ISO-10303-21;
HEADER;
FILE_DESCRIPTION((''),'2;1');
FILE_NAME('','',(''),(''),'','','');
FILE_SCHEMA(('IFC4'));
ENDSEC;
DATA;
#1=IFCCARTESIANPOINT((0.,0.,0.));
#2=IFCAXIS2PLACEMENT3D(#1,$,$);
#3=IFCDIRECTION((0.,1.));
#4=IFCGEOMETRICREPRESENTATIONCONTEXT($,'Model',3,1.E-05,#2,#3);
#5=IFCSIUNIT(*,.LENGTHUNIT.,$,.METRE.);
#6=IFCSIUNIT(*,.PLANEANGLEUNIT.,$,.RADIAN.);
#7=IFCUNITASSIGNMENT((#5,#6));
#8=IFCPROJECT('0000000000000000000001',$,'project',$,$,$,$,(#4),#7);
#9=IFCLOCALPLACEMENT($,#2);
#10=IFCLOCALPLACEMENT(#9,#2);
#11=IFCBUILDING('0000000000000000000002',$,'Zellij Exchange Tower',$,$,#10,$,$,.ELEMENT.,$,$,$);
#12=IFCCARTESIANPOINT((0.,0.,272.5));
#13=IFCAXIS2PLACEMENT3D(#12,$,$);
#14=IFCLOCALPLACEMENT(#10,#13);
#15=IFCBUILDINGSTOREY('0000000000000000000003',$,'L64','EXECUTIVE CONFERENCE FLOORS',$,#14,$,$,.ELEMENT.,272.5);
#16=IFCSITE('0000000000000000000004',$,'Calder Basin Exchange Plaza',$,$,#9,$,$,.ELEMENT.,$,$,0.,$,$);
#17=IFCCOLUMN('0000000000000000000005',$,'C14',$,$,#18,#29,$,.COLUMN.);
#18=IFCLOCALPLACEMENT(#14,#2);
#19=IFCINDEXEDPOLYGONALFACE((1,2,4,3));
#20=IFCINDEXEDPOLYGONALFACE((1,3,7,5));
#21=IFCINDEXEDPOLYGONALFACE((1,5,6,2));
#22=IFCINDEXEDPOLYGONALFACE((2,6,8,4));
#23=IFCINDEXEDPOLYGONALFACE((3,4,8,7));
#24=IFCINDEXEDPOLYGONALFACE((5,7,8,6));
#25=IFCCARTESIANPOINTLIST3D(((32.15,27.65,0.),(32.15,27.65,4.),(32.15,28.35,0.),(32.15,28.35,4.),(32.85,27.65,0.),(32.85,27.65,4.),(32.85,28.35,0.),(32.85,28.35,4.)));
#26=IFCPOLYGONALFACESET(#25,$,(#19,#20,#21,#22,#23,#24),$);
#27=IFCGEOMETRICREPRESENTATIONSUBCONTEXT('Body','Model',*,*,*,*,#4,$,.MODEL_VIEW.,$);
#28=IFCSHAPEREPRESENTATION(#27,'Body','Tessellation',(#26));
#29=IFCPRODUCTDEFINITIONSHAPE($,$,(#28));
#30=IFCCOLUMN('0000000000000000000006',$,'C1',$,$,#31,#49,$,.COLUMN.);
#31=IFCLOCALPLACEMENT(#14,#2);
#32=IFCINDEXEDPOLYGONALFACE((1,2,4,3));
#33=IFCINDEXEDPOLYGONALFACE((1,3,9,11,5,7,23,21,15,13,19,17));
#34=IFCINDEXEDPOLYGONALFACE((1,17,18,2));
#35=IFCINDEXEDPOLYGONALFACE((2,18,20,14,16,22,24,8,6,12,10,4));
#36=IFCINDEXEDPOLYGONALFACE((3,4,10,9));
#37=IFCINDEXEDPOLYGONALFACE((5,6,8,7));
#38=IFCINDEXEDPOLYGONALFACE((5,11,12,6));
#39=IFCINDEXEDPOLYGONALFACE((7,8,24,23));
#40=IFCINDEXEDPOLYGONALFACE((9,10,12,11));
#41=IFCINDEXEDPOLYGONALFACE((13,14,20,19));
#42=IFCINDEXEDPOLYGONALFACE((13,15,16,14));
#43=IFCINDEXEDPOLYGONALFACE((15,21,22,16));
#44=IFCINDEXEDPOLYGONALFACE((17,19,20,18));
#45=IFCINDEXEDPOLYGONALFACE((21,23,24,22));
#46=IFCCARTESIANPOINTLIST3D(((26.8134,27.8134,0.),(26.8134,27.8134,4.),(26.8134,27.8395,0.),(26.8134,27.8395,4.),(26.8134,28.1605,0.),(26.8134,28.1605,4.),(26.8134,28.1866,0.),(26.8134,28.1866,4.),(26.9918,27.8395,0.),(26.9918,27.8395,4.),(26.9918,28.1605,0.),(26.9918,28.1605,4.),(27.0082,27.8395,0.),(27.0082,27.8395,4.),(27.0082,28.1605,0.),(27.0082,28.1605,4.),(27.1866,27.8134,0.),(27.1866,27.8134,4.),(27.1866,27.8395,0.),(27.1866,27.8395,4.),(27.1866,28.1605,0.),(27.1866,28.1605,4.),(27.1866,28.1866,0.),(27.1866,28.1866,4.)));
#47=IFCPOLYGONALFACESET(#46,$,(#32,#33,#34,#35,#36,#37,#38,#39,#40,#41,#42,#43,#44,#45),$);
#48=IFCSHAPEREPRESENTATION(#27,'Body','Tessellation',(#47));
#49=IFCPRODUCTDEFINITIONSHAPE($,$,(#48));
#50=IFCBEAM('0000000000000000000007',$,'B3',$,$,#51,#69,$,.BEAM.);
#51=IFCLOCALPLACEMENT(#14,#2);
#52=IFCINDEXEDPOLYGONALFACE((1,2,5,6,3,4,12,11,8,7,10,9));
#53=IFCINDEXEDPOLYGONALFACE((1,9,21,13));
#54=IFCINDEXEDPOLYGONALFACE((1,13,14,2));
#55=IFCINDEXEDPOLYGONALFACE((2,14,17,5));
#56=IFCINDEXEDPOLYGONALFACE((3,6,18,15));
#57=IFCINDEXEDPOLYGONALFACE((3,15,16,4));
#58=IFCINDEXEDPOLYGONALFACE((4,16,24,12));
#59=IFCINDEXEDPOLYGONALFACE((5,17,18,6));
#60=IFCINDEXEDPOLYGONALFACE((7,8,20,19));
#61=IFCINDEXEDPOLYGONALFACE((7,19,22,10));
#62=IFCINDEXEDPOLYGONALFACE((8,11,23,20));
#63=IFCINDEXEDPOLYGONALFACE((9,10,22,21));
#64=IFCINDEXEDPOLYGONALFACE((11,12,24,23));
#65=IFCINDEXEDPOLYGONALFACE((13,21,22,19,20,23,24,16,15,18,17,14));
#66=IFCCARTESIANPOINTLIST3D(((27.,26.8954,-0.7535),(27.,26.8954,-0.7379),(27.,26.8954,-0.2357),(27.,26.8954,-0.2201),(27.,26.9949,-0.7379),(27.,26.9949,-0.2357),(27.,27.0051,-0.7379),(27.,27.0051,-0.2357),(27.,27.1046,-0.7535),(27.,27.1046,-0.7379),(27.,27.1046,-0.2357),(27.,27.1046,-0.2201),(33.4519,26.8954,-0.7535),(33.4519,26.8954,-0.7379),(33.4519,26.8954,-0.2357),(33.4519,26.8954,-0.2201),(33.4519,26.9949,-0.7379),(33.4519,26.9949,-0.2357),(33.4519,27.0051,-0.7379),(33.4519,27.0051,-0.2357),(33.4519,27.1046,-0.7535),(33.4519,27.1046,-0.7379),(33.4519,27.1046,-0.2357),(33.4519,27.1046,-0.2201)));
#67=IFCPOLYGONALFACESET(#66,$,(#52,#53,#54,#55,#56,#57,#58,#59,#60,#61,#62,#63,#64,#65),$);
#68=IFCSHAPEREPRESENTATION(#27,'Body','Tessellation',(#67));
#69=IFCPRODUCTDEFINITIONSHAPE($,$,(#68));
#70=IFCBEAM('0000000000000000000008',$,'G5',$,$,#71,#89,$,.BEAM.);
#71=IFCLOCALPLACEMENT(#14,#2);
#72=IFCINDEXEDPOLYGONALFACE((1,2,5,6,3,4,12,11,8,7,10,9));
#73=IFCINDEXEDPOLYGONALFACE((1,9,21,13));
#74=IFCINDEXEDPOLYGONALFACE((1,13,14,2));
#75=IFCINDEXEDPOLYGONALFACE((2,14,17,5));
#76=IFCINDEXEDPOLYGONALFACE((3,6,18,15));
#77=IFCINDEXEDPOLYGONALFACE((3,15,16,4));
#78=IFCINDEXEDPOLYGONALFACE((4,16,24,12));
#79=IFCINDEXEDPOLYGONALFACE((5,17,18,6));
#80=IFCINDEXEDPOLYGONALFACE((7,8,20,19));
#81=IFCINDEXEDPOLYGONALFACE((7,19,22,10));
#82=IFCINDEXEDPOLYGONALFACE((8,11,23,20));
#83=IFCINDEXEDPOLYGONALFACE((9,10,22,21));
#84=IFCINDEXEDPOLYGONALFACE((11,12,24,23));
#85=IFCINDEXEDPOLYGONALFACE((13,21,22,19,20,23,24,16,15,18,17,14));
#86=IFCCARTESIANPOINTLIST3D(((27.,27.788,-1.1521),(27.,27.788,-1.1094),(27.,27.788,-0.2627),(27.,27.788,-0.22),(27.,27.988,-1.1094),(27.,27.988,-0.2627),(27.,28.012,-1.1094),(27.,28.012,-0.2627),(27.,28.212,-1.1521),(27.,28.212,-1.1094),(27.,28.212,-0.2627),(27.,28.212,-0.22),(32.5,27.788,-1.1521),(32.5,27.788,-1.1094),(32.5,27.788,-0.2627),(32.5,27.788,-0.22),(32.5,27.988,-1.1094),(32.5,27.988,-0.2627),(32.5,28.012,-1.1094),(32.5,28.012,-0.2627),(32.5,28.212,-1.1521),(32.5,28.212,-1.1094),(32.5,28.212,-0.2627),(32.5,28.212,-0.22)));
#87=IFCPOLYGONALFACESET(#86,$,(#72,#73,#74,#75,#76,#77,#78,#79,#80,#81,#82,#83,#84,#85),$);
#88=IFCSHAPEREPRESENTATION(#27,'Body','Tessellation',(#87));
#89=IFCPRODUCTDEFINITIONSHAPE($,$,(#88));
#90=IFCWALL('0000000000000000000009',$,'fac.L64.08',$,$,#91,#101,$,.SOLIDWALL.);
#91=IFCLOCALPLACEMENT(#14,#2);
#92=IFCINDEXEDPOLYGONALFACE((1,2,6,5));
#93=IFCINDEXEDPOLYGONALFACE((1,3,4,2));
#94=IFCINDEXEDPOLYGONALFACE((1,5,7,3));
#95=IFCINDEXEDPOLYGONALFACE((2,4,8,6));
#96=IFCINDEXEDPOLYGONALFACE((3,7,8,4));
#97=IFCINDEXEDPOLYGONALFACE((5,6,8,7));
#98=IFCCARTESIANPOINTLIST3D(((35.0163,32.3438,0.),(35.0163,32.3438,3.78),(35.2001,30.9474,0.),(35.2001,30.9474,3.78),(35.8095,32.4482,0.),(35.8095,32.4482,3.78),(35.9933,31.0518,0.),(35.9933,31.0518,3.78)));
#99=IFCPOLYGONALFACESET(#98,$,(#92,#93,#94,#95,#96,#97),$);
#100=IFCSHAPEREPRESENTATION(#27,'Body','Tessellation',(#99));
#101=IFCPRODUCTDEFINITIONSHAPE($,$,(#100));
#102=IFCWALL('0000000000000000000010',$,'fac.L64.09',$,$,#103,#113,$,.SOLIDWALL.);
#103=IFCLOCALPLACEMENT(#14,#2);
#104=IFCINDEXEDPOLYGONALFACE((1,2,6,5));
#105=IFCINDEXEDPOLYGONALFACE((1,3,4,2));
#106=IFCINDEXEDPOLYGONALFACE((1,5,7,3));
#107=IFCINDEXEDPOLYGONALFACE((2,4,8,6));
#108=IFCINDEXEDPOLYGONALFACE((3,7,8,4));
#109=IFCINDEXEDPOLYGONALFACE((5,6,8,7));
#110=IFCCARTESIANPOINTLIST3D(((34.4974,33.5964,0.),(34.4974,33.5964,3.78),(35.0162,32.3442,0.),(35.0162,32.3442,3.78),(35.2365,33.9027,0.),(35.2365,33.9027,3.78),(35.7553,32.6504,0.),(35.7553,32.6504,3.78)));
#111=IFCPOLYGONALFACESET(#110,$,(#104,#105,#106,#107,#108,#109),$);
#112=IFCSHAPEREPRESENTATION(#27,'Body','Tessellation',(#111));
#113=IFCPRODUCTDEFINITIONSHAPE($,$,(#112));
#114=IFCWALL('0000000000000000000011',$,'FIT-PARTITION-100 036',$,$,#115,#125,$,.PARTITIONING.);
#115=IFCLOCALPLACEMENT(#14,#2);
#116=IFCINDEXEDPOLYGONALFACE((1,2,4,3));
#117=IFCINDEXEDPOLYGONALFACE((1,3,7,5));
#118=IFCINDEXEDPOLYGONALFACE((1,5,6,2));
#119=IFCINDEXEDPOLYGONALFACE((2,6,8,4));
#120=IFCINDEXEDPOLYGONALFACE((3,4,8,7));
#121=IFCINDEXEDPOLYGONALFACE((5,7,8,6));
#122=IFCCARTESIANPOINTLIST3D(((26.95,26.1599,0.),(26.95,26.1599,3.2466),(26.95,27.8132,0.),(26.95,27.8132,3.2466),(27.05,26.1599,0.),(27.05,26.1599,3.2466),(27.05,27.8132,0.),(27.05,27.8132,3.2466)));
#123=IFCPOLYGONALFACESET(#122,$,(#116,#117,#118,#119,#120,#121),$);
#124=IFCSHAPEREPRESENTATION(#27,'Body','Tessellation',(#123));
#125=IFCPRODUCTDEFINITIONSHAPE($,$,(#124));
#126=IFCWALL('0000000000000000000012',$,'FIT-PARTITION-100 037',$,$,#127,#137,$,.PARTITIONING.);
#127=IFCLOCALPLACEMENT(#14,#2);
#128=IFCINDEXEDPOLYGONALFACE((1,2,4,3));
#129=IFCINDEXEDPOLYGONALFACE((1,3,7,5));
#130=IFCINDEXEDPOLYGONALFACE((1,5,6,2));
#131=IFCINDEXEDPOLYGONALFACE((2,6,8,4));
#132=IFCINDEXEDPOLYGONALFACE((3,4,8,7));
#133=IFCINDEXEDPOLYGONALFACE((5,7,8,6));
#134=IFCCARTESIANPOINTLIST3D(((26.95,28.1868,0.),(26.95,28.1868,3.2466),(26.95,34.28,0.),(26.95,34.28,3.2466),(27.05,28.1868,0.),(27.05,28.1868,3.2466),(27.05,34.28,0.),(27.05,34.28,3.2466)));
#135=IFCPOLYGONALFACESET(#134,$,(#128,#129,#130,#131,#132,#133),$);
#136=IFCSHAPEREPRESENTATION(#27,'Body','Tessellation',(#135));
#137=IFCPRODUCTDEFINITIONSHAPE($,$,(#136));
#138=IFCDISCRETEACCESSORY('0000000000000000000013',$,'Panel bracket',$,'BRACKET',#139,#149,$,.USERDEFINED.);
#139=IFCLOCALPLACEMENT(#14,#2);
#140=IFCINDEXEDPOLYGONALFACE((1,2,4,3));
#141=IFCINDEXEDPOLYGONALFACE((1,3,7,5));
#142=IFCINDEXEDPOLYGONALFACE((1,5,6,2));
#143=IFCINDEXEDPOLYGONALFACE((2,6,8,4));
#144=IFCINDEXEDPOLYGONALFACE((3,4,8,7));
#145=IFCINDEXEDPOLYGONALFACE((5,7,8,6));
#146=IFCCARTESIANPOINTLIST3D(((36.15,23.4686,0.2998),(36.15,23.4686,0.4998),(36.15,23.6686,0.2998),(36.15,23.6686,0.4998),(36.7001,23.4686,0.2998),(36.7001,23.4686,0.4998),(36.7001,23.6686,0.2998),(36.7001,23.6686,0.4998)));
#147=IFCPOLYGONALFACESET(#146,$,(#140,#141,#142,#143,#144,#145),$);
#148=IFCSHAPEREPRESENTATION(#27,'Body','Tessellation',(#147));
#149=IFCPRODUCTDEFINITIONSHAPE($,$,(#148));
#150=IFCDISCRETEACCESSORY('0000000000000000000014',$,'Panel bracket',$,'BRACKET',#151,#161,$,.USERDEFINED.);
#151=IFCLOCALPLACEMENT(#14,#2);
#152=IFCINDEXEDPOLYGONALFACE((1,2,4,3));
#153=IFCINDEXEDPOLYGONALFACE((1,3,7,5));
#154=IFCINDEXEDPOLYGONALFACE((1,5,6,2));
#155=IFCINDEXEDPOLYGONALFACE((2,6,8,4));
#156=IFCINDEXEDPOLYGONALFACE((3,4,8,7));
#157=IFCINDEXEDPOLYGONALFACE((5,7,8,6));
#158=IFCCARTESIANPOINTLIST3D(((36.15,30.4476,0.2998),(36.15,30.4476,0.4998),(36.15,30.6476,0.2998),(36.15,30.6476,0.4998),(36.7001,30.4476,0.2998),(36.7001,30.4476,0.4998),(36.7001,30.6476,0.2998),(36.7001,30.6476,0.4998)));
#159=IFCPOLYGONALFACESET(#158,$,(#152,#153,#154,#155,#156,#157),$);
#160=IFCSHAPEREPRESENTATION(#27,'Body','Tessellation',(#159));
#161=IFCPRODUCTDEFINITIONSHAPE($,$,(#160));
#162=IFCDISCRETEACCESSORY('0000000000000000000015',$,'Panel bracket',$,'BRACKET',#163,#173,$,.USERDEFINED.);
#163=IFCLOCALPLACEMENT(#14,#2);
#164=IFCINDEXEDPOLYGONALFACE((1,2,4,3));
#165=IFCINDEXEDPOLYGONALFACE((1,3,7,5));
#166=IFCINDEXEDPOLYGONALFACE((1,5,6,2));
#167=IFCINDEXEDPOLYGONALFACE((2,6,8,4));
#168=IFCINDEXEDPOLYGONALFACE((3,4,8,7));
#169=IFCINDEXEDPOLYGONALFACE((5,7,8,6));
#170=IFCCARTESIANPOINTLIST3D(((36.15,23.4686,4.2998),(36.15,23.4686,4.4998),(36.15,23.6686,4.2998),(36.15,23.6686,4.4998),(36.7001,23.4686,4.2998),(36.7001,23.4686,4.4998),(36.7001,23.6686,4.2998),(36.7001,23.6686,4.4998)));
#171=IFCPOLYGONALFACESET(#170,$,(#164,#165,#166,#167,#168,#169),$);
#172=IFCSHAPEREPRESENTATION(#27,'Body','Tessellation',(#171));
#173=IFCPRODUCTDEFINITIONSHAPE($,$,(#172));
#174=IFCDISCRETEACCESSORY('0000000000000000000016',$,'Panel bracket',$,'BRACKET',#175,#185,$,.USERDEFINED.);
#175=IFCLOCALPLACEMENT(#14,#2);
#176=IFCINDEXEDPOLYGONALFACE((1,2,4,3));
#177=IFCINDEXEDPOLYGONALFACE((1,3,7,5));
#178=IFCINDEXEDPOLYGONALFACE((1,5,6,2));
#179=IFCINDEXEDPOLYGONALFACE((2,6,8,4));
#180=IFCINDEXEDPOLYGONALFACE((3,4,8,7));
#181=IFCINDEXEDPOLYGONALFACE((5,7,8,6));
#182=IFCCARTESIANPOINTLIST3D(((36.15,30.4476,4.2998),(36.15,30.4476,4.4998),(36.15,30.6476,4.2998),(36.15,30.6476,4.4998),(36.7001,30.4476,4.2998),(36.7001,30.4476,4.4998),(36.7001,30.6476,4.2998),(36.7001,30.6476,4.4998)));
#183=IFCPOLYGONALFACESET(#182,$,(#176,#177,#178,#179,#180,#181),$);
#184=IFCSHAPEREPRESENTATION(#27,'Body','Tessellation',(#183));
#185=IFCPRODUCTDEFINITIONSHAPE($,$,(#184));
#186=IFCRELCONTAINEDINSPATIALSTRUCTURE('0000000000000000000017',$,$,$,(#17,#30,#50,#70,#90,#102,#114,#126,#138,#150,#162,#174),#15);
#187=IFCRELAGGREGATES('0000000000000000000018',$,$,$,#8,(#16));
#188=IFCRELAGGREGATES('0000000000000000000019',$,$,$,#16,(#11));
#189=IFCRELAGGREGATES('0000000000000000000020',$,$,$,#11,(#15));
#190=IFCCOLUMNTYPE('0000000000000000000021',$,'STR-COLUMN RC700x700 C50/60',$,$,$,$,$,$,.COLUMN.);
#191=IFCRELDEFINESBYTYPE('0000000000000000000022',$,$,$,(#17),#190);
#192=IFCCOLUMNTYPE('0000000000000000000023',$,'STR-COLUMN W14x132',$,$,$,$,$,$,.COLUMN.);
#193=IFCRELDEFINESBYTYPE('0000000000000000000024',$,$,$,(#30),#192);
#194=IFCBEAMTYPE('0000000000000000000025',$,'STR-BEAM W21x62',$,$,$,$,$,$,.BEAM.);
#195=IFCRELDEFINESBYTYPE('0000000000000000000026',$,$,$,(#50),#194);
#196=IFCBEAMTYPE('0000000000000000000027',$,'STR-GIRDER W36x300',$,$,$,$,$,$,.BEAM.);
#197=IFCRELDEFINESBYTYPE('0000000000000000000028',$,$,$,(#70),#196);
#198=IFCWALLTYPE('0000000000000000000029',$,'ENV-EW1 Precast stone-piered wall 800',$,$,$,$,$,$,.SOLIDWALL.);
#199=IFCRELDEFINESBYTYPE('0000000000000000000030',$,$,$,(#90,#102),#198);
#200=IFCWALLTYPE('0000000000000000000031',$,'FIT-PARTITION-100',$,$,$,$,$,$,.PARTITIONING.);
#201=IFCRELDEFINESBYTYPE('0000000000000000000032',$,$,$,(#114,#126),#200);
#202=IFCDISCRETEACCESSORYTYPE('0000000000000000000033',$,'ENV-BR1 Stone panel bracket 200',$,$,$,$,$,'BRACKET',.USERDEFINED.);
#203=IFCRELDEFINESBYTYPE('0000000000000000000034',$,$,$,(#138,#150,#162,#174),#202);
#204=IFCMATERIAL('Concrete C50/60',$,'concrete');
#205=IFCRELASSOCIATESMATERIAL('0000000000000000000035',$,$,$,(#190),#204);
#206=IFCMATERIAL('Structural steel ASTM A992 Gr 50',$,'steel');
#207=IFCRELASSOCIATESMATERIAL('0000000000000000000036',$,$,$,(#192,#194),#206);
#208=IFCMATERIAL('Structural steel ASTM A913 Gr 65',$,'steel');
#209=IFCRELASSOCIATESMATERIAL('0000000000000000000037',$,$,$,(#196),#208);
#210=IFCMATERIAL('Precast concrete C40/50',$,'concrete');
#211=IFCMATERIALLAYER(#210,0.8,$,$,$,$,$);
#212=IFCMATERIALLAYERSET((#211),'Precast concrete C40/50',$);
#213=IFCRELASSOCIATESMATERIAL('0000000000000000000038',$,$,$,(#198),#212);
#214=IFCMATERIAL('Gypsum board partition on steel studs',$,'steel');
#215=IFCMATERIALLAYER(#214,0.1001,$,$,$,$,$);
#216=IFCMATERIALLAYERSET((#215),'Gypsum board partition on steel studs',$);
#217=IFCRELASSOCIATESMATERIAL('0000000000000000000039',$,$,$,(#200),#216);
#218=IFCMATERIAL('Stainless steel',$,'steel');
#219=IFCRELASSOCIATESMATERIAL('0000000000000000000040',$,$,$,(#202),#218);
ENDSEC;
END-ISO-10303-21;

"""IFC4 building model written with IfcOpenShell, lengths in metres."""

from ifc_helpers import new_model, si_unit, direction, frame, frame_2d, origin, origin_2d, place, context, subcontext, project, spatial, rectangle, i_section, extrude, material, layer, layer_set, material_profile, profile_set, type_object, element, save


model = new_model("IFC4")

# Units and contexts
model_context = context("Model", 3, precision=1e-05, world=origin(), true_north=direction((0.0, 1.0)))
body_context = subcontext(model_context, "Body", "Model", "MODEL_VIEW")
ifc_project = project(units=[si_unit("LENGTHUNIT", "METRE"), si_unit("PLANEANGLEUNIT", "RADIAN")], contexts=[model_context])

# Site, building, storey
site_placement = place(None, origin())
site = spatial("IfcSite", under=ifc_project, at=site_placement, Name="Calder Basin Exchange Plaza", CompositionType="ELEMENT", RefElevation=0.0)
building_placement = place(site_placement, origin())
building = spatial("IfcBuilding", under=site, at=building_placement, Name="Zellij Exchange Tower", CompositionType="ELEMENT")
storey_placement = place(building_placement, frame((0.0, 0.0, 272.5)))
storey = spatial("IfcBuildingStorey", under=building, at=storey_placement, Name="L64", Description="EXECUTIVE CONFERENCE FLOORS", CompositionType="ELEMENT", Elevation=272.5)

# Columns
ifc_material_1 = material(Name="Concrete C50/60", Category="concrete")
ifc_material_profile_1 = material_profile(ifc_material_1, rectangle(XDim=0.7, YDim=0.7, at=origin_2d()), Name="STR-COLUMN RC700x700 C50/60")
ifc_profile_set_1 = profile_set([ifc_material_profile_1], Name="Concrete C50/60")
column_type_1 = type_object("IfcColumnType", Name="STR-COLUMN RC700x700 C50/60", PredefinedType="COLUMN", material=ifc_profile_set_1)
column_1_placement = place(storey_placement, frame((32.5, 28.0, 0.0), z_axis=(0.0, 0.0, 1.0), x_axis=(1.0, 0.0, 0.0)))
element("IfcColumn", 1, at=column_1_placement, inside=storey, type_object=column_type_1, Name="C14", PredefinedType="COLUMN", context=body_context, shape_type="SweptSolid", body=[
    extrude(rectangle(XDim=0.7, YDim=0.7, at=origin_2d()), origin(), (0.0, 0.0, 1.0), 4.0),
])
ifc_material_2 = material(Name="Structural steel ASTM A992 Gr 50", Category="steel")
ifc_material_profile_2 = material_profile(ifc_material_2, i_section(OverallWidth=0.3733, OverallDepth=0.3733, WebThickness=0.0164, FlangeThickness=0.0261, at=origin_2d()), Name="W14x132")
ifc_profile_set_2 = profile_set([ifc_material_profile_2], Name="Structural steel ASTM A992 Gr 50")
column_type_2 = type_object("IfcColumnType", Name="STR-COLUMN W14x132", PredefinedType="COLUMN", material=ifc_profile_set_2)
column_2_placement = place(storey_placement, frame((27.0, 28.0, 0.0), z_axis=(0.0, 0.0, 1.0), x_axis=(1.0, 0.0, 0.0)))
element("IfcColumn", 2, at=column_2_placement, inside=storey, type_object=column_type_2, Name="C1", PredefinedType="COLUMN", context=body_context, shape_type="SweptSolid", body=[
    extrude(i_section(OverallWidth=0.3733, OverallDepth=0.3733, WebThickness=0.0164, FlangeThickness=0.0261, at=origin_2d()), origin(), (0.0, 0.0, 1.0), 4.0),
])

# Beams
ifc_material_profile_3 = material_profile(ifc_material_2, i_section(OverallWidth=0.2092, OverallDepth=0.5334, WebThickness=0.0103, FlangeThickness=0.0156, at=origin_2d()), Name="W21x62")
ifc_profile_set_3 = profile_set([ifc_material_profile_3], Name="Structural steel ASTM A992 Gr 50")
beam_type_1 = type_object("IfcBeamType", Name="STR-BEAM W21x62", PredefinedType="BEAM", material=ifc_profile_set_3)
beam_1_placement = place(storey_placement, frame((27.0, 27.0, -0.4868), z_axis=(1.0, 0.0, 0.0), x_axis=(0.0, 1.0, 0.0)))
element("IfcBeam", 3, at=beam_1_placement, inside=storey, type_object=beam_type_1, Name="B3", PredefinedType="BEAM", context=body_context, shape_type="SweptSolid", body=[
    extrude(i_section(OverallWidth=0.2092, OverallDepth=0.5334, WebThickness=0.0103, FlangeThickness=0.0156, at=origin_2d()), origin(), (0.0, 0.0, 1.0), 6.4519),
])
ifc_material_3 = material(Name="Structural steel ASTM A913 Gr 65", Category="steel")
ifc_material_profile_4 = material_profile(ifc_material_3, i_section(OverallWidth=0.4241, OverallDepth=0.9321, WebThickness=0.0239, FlangeThickness=0.0427, at=origin_2d()), Name="W36x300")
ifc_profile_set_4 = profile_set([ifc_material_profile_4], Name="Structural steel ASTM A913 Gr 65")
beam_type_2 = type_object("IfcBeamType", Name="STR-GIRDER W36x300", PredefinedType="BEAM", material=ifc_profile_set_4)
beam_2_placement = place(storey_placement, frame((27.0, 28.0, -0.686), z_axis=(1.0, 0.0, 0.0), x_axis=(0.0, 1.0, 0.0)))
element("IfcBeam", 4, at=beam_2_placement, inside=storey, type_object=beam_type_2, Name="G5", PredefinedType="BEAM", context=body_context, shape_type="SweptSolid", body=[
    extrude(i_section(OverallWidth=0.4241, OverallDepth=0.9321, WebThickness=0.0239, FlangeThickness=0.0427, at=origin_2d()), origin(), (0.0, 0.0, 1.0), 5.5),
])

# Walls
ifc_material_4 = material(Name="Precast concrete C40/50", Category="concrete")
ifc_layer_1 = layer(ifc_material_4, 0.8)
ifc_layer_set_1 = layer_set([ifc_layer_1], Name="Precast concrete C40/50")
wall_type_1 = type_object("IfcWallType", Name="ENV-EW1 Precast stone-piered wall 800", PredefinedType="SOLIDWALL", material=ifc_layer_set_1)
wall_1_placement = place(storey_placement, frame((35.5967, 30.9998, 0.0), z_axis=(0.0, 0.0, 1.0), x_axis=(-0.130517, 0.991446, 0.0)))
element("IfcWall", 5, at=wall_1_placement, inside=storey, type_object=wall_type_1, Name="fac.L64.08", PredefinedType="SOLIDWALL", context=body_context, shape_type="SweptSolid", body=[
    extrude(rectangle(XDim=1.4084, YDim=0.8, at=frame_2d((0.7041, 0.0))), origin(), (0.0, 0.0, 1.0), 3.78),
])
wall_2_placement = place(storey_placement, frame((35.3857, 32.4973, 0.0), z_axis=(0.0, 0.0, 1.0), x_axis=(-0.38276, 0.923848, 0.0)))
element("IfcWall", 6, at=wall_2_placement, inside=storey, type_object=wall_type_1, Name="fac.L64.09", PredefinedType="SOLIDWALL", context=body_context, shape_type="SweptSolid", body=[
    extrude(rectangle(XDim=1.3555, YDim=0.8, at=frame_2d((0.6777, 0.0))), origin(), (0.0, 0.0, 1.0), 3.78),
])
ifc_material_5 = material(Name="Gypsum board partition on steel studs", Category="steel")
ifc_layer_2 = layer(ifc_material_5, 0.1001)
ifc_layer_set_2 = layer_set([ifc_layer_2], Name="Gypsum board partition on steel studs")
wall_type_2 = type_object("IfcWallType", Name="FIT-PARTITION-100", PredefinedType="PARTITIONING", material=ifc_layer_set_2)
wall_3_placement = place(storey_placement, frame((27.0, 26.1599, 0.0), z_axis=(0.0, 0.0, 1.0), x_axis=(0.0, 1.0, 0.0)))
element("IfcWall", 7, at=wall_3_placement, inside=storey, type_object=wall_type_2, Name="FIT-PARTITION-100 036", PredefinedType="PARTITIONING", context=body_context, shape_type="SweptSolid", body=[
    extrude(rectangle(XDim=1.6533, YDim=0.1001, at=frame_2d((0.8267, 0.0))), origin(), (0.0, 0.0, 1.0), 3.2466),
])
wall_4_placement = place(storey_placement, frame((27.0, 28.1868, 0.0), z_axis=(0.0, 0.0, 1.0), x_axis=(0.0, 1.0, 0.0)))
element("IfcWall", 8, at=wall_4_placement, inside=storey, type_object=wall_type_2, Name="FIT-PARTITION-100 037", PredefinedType="PARTITIONING", context=body_context, shape_type="SweptSolid", body=[
    extrude(rectangle(XDim=6.0933, YDim=0.1001, at=frame_2d((3.0466, 0.0))), origin(), (0.0, 0.0, 1.0), 3.2466),
])

# Discrete accessories
ifc_material_6 = material(Name="Stainless steel", Category="steel")
discrete_accessory_type = type_object("IfcDiscreteAccessoryType", Name="ENV-BR1 Stone panel bracket 200", ElementType="BRACKET", PredefinedType="USERDEFINED", material=ifc_material_6)
for number, where, z_axis, x_axis, name in (
    (9, (36.425, 23.5686, 0.2998), (0.0, 0.0, 1.0), (0.0, 1.0, 0.0), "Panel bracket"),
    (10, (36.425, 30.5476, 0.2998), (0.0, 0.0, 1.0), (0.0, 1.0, 0.0), "Panel bracket"),
    (11, (36.425, 23.5686, 4.2998), (0.0, 0.0, 1.0), (0.0, 1.0, 0.0), "Panel bracket"),
    (12, (36.425, 30.5476, 4.2998), (0.0, 0.0, 1.0), (0.0, 1.0, 0.0), "Panel bracket"),
):
    element("IfcDiscreteAccessory", number, at=place(storey_placement, frame(where, z_axis=z_axis, x_axis=x_axis)), inside=storey, type_object=discrete_accessory_type, Name=name, ObjectType="BRACKET", PredefinedType="USERDEFINED", context=body_context, shape_type="SweptSolid", body=[
        extrude(rectangle(XDim=0.2, YDim=0.55, at=origin_2d()), origin(), (0.0, 0.0, 1.0), 0.2),
    ])

save(model, "model.ifc")
